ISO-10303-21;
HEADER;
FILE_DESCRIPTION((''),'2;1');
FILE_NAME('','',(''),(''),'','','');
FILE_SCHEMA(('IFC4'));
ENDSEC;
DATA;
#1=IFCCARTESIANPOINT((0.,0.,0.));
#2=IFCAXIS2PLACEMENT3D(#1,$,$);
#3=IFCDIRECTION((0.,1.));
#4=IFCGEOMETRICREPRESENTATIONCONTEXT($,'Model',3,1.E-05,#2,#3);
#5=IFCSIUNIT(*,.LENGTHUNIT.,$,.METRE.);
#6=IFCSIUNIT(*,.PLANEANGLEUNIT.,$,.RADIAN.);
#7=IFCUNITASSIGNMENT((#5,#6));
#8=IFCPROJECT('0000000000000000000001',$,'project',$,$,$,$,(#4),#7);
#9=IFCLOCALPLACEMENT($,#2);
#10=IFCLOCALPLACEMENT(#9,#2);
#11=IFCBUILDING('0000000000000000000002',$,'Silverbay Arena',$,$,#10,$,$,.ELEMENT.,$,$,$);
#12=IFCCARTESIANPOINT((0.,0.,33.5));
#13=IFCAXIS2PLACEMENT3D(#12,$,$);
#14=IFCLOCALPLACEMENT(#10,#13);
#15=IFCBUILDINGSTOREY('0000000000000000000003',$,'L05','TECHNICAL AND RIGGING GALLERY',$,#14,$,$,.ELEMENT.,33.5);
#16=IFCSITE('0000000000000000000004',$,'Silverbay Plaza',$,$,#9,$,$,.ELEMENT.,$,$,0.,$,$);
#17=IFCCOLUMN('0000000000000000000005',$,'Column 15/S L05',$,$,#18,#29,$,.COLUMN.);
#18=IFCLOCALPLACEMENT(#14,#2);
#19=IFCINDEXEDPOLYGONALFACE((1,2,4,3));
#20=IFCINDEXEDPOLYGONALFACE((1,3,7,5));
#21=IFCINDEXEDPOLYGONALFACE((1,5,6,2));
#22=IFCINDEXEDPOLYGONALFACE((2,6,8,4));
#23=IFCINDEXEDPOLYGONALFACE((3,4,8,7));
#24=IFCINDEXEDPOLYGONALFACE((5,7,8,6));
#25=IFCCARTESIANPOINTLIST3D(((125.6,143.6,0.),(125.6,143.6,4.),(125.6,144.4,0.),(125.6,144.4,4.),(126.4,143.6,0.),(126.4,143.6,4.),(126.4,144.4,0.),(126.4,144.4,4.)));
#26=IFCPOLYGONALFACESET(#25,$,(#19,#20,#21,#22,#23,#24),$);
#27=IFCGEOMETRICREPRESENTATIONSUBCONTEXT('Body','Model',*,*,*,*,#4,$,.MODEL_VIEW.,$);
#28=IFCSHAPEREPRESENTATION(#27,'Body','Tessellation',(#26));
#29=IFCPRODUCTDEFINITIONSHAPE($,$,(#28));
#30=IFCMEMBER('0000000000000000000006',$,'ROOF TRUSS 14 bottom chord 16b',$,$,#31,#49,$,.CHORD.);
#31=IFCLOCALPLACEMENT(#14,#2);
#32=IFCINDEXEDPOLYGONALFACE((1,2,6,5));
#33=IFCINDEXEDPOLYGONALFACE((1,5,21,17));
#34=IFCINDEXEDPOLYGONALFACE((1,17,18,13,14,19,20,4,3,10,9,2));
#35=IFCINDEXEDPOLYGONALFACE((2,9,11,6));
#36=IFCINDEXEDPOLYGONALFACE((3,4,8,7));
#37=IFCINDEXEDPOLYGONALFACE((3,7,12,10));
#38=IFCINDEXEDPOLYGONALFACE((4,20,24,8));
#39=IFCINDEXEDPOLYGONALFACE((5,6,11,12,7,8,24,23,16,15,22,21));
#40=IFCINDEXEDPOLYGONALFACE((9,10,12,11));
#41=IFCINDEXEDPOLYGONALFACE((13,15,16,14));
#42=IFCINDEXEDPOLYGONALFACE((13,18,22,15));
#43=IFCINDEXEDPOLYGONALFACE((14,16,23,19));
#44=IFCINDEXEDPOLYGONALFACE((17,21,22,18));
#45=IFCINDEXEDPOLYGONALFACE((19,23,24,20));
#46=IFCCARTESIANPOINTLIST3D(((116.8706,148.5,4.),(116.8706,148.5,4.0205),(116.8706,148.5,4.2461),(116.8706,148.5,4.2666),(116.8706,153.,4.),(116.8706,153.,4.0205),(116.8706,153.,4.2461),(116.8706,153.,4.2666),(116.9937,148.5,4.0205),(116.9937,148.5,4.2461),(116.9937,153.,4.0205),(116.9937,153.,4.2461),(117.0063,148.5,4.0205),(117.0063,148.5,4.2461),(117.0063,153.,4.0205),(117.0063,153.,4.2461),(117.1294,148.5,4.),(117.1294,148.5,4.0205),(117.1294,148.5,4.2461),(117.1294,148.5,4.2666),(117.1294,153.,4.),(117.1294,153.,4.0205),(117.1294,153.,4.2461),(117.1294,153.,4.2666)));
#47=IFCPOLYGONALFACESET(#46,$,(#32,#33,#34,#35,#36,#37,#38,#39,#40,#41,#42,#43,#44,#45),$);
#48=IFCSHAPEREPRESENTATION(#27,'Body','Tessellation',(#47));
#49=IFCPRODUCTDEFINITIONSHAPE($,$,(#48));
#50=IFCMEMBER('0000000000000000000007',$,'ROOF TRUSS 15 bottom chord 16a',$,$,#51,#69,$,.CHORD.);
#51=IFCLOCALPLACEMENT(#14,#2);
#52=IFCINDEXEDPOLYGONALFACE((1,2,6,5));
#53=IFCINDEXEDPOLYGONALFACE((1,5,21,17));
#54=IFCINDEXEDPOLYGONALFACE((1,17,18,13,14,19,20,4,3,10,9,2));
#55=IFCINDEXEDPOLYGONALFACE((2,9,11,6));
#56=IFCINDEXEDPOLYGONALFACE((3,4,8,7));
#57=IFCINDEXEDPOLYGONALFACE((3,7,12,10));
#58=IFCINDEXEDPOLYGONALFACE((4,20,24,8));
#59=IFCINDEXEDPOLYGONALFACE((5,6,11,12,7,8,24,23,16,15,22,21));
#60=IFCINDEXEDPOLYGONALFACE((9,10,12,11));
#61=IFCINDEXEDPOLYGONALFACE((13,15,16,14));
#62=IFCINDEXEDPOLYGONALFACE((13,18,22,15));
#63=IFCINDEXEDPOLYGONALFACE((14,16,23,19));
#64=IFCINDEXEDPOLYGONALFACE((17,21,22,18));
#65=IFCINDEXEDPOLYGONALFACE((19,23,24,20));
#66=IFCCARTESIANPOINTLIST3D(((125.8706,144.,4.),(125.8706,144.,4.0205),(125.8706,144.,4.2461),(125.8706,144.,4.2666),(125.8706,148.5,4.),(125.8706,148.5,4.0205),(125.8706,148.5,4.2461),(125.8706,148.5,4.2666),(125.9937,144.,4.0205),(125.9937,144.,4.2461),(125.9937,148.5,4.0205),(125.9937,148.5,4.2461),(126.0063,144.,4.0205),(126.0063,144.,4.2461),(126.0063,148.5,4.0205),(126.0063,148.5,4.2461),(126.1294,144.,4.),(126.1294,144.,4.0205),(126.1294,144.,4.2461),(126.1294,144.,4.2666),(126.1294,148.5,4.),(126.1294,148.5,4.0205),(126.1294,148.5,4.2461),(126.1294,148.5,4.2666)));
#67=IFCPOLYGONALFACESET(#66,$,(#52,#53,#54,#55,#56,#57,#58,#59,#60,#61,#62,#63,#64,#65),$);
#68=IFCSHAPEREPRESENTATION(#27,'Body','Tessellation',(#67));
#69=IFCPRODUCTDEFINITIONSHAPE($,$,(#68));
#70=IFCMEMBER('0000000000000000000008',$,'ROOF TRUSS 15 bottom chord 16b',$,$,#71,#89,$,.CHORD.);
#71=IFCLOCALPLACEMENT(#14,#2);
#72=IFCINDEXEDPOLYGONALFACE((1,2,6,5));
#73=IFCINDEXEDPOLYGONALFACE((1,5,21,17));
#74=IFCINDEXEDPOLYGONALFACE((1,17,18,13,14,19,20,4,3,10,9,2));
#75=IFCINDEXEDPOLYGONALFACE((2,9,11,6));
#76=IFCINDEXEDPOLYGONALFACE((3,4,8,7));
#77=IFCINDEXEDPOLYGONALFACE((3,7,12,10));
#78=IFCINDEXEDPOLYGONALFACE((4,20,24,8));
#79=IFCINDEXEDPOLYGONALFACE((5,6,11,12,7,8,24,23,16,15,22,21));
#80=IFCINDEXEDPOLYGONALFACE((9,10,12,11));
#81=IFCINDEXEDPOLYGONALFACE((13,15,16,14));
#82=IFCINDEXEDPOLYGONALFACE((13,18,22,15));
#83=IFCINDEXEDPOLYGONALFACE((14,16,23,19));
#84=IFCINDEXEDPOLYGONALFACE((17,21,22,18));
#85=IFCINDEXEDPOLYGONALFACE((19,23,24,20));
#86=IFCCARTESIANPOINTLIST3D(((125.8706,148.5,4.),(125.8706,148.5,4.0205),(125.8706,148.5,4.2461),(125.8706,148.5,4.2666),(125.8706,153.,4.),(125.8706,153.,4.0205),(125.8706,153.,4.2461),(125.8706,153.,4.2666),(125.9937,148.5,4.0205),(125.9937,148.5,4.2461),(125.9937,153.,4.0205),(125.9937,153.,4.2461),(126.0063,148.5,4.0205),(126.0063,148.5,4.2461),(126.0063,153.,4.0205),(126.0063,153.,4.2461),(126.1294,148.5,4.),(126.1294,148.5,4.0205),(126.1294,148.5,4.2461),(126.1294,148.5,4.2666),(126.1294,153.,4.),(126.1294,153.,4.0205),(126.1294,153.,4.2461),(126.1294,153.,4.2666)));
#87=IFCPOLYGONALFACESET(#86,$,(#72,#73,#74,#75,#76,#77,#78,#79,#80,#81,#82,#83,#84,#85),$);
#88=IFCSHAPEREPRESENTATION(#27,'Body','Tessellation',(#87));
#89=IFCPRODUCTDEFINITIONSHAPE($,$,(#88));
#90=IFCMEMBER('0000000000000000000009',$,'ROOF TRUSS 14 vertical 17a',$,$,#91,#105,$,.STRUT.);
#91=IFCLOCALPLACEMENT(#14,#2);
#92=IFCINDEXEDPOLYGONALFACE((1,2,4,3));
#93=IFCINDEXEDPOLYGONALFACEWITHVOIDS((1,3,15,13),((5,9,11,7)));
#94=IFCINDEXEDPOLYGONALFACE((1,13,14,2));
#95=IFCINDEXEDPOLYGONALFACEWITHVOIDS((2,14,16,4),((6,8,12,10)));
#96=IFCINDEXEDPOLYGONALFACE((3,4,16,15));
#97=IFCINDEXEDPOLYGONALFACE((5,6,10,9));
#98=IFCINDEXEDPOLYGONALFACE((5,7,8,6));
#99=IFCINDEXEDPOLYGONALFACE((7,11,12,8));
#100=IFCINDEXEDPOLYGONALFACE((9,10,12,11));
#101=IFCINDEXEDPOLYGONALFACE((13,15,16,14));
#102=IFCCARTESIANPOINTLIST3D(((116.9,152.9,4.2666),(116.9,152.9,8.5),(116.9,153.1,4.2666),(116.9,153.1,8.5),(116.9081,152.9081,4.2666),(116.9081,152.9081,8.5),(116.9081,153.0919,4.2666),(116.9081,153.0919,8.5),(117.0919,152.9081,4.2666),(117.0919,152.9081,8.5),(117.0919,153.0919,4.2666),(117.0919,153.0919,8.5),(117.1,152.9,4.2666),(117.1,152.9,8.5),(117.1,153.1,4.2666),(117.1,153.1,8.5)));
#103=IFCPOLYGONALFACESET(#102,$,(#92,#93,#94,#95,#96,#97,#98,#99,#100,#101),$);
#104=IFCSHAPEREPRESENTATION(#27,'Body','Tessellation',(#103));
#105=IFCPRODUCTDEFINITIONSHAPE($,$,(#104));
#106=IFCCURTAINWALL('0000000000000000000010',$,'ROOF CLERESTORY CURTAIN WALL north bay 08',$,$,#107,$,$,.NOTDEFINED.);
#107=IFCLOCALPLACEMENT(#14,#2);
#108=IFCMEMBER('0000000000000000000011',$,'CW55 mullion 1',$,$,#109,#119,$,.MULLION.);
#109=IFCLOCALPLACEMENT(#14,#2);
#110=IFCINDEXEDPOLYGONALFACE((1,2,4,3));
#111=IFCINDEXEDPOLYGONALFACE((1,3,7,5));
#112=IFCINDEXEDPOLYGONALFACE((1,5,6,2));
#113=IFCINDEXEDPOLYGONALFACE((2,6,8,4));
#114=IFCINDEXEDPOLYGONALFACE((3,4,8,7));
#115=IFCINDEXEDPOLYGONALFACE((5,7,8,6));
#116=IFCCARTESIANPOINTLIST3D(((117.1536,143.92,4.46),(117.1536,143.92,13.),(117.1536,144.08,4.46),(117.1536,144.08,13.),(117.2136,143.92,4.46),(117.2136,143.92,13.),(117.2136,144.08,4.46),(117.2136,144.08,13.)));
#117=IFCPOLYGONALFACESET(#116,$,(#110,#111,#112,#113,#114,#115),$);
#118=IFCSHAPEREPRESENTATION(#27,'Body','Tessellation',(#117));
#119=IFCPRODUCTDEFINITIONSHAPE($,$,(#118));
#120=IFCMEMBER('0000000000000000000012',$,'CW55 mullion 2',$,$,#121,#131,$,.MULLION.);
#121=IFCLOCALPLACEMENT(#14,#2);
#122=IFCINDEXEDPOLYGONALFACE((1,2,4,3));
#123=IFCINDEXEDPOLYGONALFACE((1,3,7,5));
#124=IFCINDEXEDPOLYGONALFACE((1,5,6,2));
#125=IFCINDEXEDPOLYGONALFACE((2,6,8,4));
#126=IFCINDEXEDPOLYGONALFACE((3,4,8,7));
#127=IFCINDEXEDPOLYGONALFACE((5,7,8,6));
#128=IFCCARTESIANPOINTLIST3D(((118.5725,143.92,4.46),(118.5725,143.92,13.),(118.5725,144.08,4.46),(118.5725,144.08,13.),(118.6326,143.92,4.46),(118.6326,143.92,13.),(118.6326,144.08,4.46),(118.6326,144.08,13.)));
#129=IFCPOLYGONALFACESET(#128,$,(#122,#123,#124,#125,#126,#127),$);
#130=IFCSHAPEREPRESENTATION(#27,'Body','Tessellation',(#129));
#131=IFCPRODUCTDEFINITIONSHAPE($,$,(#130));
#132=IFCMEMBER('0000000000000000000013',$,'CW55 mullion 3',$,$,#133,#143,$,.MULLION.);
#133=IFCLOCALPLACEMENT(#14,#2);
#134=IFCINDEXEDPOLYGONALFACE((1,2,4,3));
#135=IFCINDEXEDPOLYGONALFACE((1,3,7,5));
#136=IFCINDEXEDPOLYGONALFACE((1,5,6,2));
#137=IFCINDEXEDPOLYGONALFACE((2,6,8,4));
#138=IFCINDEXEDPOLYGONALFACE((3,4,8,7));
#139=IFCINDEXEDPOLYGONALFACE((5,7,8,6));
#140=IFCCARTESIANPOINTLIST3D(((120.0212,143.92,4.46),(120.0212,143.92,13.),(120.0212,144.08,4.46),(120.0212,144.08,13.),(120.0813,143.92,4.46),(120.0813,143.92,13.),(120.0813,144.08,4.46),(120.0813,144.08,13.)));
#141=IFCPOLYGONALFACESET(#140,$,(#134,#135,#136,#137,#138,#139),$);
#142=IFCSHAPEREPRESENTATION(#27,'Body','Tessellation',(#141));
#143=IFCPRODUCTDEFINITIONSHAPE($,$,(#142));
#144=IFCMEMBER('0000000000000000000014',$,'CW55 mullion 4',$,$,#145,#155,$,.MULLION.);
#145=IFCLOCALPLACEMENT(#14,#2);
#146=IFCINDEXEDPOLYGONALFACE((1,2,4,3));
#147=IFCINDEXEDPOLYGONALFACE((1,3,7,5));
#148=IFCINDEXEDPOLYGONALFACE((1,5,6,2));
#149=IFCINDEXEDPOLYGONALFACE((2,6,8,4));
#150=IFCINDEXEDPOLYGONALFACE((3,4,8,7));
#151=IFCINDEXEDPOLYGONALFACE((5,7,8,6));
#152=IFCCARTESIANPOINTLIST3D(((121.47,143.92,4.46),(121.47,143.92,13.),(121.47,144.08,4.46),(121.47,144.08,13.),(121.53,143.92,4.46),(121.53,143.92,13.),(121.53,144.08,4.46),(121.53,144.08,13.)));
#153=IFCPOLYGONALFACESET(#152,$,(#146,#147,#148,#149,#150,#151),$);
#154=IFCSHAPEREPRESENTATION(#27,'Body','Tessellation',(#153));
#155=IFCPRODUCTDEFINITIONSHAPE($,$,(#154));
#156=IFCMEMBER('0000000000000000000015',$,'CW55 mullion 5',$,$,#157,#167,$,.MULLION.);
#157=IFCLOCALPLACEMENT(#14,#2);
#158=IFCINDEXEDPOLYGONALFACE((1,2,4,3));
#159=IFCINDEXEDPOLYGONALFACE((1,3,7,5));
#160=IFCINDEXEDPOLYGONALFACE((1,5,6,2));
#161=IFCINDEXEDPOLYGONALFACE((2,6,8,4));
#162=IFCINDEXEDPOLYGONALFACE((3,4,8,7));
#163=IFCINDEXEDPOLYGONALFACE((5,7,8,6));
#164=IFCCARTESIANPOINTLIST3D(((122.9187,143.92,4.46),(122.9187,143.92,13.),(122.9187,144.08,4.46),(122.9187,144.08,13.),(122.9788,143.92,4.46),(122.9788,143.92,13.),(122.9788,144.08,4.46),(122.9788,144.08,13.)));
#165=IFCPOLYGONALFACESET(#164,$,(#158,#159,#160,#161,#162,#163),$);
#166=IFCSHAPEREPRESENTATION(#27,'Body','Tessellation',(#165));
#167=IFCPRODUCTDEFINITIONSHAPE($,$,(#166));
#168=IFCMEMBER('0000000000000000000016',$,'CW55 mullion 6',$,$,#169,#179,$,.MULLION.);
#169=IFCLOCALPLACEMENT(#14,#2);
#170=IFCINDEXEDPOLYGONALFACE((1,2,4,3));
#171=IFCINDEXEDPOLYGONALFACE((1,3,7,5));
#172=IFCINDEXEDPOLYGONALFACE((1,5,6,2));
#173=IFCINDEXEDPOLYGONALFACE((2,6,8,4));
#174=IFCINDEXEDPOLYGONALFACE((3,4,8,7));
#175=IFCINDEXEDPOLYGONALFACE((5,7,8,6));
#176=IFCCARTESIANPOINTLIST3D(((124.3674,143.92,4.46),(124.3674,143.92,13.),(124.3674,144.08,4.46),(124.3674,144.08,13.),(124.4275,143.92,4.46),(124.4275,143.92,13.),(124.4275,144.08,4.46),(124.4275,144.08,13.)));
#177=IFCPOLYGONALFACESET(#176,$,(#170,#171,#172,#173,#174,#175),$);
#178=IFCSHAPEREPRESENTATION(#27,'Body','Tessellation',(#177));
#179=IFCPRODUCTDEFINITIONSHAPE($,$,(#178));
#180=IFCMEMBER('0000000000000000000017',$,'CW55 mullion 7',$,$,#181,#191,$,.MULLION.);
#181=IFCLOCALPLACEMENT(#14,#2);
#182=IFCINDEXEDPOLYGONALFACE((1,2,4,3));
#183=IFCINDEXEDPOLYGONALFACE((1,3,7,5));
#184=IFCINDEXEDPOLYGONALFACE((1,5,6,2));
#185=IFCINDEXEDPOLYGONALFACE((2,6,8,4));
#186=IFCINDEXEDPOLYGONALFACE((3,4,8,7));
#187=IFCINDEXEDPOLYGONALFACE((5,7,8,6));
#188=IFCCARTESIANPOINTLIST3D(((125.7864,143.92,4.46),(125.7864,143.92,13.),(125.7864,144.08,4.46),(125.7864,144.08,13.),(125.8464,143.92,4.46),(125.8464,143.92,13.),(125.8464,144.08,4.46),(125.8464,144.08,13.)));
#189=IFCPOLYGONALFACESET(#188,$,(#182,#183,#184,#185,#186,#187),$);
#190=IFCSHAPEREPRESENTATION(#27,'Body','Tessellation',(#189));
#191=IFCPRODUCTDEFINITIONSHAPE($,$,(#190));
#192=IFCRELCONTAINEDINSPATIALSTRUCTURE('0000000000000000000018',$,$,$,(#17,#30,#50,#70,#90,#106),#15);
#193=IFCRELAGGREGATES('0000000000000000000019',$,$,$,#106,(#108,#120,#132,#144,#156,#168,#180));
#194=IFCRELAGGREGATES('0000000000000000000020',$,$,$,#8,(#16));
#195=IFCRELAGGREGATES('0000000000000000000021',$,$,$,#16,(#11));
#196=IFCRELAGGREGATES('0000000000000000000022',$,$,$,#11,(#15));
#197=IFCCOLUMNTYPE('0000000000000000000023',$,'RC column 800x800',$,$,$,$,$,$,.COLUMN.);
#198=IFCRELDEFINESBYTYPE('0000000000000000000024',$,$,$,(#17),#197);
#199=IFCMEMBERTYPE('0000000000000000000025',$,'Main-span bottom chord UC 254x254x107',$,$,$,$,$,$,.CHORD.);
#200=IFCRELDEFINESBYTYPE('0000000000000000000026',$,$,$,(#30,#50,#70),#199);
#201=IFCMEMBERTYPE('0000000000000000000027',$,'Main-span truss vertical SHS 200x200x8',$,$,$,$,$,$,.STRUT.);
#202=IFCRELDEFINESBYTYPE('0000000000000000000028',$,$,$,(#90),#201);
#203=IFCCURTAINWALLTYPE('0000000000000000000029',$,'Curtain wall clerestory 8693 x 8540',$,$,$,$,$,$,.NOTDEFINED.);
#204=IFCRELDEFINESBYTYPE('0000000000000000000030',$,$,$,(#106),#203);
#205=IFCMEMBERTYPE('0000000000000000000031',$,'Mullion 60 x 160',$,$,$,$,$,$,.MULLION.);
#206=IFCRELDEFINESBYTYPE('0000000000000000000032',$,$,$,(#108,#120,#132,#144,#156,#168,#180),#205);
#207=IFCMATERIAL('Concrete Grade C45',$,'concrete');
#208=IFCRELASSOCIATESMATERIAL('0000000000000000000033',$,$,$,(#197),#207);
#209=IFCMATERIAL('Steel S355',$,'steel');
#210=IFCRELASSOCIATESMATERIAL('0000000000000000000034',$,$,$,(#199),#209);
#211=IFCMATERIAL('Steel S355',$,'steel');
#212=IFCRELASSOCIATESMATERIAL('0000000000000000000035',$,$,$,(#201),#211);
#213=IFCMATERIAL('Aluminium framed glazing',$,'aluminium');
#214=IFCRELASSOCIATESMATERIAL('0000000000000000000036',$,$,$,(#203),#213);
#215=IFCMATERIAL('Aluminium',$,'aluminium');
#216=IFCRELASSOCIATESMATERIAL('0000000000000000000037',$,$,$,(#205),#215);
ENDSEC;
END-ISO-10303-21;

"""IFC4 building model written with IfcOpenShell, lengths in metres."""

from ifc_helpers import new_model, si_unit, direction, frame, origin, origin_2d, place, context, subcontext, project, spatial, rectangle, hollow_rectangle, i_section, extrude, material, material_profile, profile_set, type_object, element, aggregate, save


model = new_model("IFC4")

# Units and contexts
model_context = context("Model", 3, precision=1e-05, world=origin(), true_north=direction((0.0, 1.0)))
body_context = subcontext(model_context, "Body", "Model", "MODEL_VIEW")
ifc_project = project(units=[si_unit("LENGTHUNIT", "METRE"), si_unit("PLANEANGLEUNIT", "RADIAN")], contexts=[model_context])

# Site, building, storey
site_placement = place(None, origin())
site = spatial("IfcSite", under=ifc_project, at=site_placement, Name="Silverbay Plaza", CompositionType="ELEMENT", RefElevation=0.0)
building_placement = place(site_placement, origin())
building = spatial("IfcBuilding", under=site, at=building_placement, Name="Silverbay Arena", CompositionType="ELEMENT")
storey_placement = place(building_placement, frame((0.0, 0.0, 33.5)))
storey = spatial("IfcBuildingStorey", under=building, at=storey_placement, Name="L05", Description="TECHNICAL AND RIGGING GALLERY", CompositionType="ELEMENT", Elevation=33.5)

# Column
ifc_material_1 = material(Name="Concrete Grade C45", Category="concrete")
ifc_material_profile_1 = material_profile(ifc_material_1, rectangle(XDim=0.8, YDim=0.8, at=origin_2d()), Name="RC 800x800")
ifc_profile_set_1 = profile_set([ifc_material_profile_1], Name="Concrete Grade C45")
column_type = type_object("IfcColumnType", Name="RC column 800x800", PredefinedType="COLUMN", material=ifc_profile_set_1)
column_placement = place(storey_placement, frame((126.0, 144.0, 0.0), z_axis=(0.0, 0.0, 1.0), x_axis=(1.0, 0.0, 0.0)))
element("IfcColumn", 1, at=column_placement, inside=storey, type_object=column_type, Name="Column 15/S L05", PredefinedType="COLUMN", context=body_context, shape_type="SweptSolid", body=[
    extrude(rectangle(XDim=0.8, YDim=0.8, at=origin_2d()), origin(), (0.0, 0.0, 1.0), 4.0),
])

# Members
ifc_material_2 = material(Name="Steel S355", Category="steel")
ifc_material_profile_2 = material_profile(ifc_material_2, i_section(OverallWidth=0.2588, OverallDepth=0.2666, WebThickness=0.0127, FlangeThickness=0.0205, at=origin_2d()), Name="UC 254x254x107")
ifc_profile_set_2 = profile_set([ifc_material_profile_2], Name="Steel S355")
member_type_1 = type_object("IfcMemberType", Name="Main-span bottom chord UC 254x254x107", PredefinedType="CHORD", material=ifc_profile_set_2)
for number, where, z_axis, x_axis, name in (
    (2, (117.0, 148.5, 4.1333), (0.0, 1.0, 0.0), (-1.0, 0.0, 0.0), "ROOF TRUSS 14 bottom chord 16b"),
    (3, (126.0, 144.0, 4.1333), (0.0, 1.0, 0.0), (-1.0, 0.0, 0.0), "ROOF TRUSS 15 bottom chord 16a"),
    (4, (126.0, 148.5, 4.1333), (0.0, 1.0, 0.0), (-1.0, 0.0, 0.0), "ROOF TRUSS 15 bottom chord 16b"),
):
    element("IfcMember", number, at=place(storey_placement, frame(where, z_axis=z_axis, x_axis=x_axis)), inside=storey, type_object=member_type_1, Name=name, PredefinedType="CHORD", context=body_context, shape_type="SweptSolid", body=[
        extrude(i_section(OverallWidth=0.2588, OverallDepth=0.2666, WebThickness=0.0127, FlangeThickness=0.0205, at=origin_2d()), origin(), (0.0, 0.0, 1.0), 4.5),
    ])
ifc_material_3 = material(Name="Steel S355", Category="steel")
ifc_material_profile_3 = material_profile(ifc_material_3, hollow_rectangle(XDim=0.2, YDim=0.2, WallThickness=0.0081, at=origin_2d()), Name="SHS 200x200x8")
ifc_profile_set_3 = profile_set([ifc_material_profile_3], Name="Steel S355")
member_type_2 = type_object("IfcMemberType", Name="Main-span truss vertical SHS 200x200x8", PredefinedType="STRUT", material=ifc_profile_set_3)
member_1_placement = place(storey_placement, frame((117.0, 153.0, 4.2666), z_axis=(0.0, 0.0, 1.0), x_axis=(1.0, 0.0, 0.0)))
element("IfcMember", 5, at=member_1_placement, inside=storey, type_object=member_type_2, Name="ROOF TRUSS 14 vertical 17a", PredefinedType="STRUT", context=body_context, shape_type="SweptSolid", body=[
    extrude(hollow_rectangle(XDim=0.2, YDim=0.2, WallThickness=0.0081, at=origin_2d()), origin(), (0.0, 0.0, 1.0), 4.2334),
])

# Curtain wall, members
ifc_material_4 = material(Name="Aluminium framed glazing", Category="aluminium")
curtain_wall_type = type_object("IfcCurtainWallType", Name="Curtain wall clerestory 8693 x 8540", PredefinedType="NOTDEFINED", material=ifc_material_4)
curtain_wall_placement = place(storey_placement, origin())
curtain_wall = element("IfcCurtainWall", 6, at=curtain_wall_placement, inside=storey, type_object=curtain_wall_type, Name="ROOF CLERESTORY CURTAIN WALL north bay 08", PredefinedType="NOTDEFINED")
ifc_material_5 = material(Name="Aluminium", Category="aluminium")
ifc_material_profile_4 = material_profile(ifc_material_5, rectangle(XDim=0.1599, YDim=0.0601, at=origin_2d()), Name="Mullion 60 x 160")
ifc_profile_set_4 = profile_set([ifc_material_profile_4], Name="Aluminium")
member_type_3 = type_object("IfcMemberType", Name="Mullion 60 x 160", PredefinedType="MULLION", material=ifc_profile_set_4)
member_2_placement = place(storey_placement, frame((117.1836, 144.0, 4.46), z_axis=(0.0, 0.0, 1.0), x_axis=(0.0, 1.0, 0.0)))
member_2 = element("IfcMember", 7, at=member_2_placement, type_object=member_type_3, Name="CW55 mullion 1", PredefinedType="MULLION", context=body_context, shape_type="SweptSolid", body=[
    extrude(rectangle(XDim=0.1599, YDim=0.0601, at=origin_2d()), origin(), (0.0, 0.0, 1.0), 8.54),
])
member_3_placement = place(storey_placement, frame((118.6025, 144.0, 4.46), z_axis=(0.0, 0.0, 1.0), x_axis=(0.0, 1.0, 0.0)))
member_3 = element("IfcMember", 8, at=member_3_placement, type_object=member_type_3, Name="CW55 mullion 2", PredefinedType="MULLION", context=body_context, shape_type="SweptSolid", body=[
    extrude(rectangle(XDim=0.1599, YDim=0.0601, at=origin_2d()), origin(), (0.0, 0.0, 1.0), 8.54),
])
member_4_placement = place(storey_placement, frame((120.0513, 144.0, 4.46), z_axis=(0.0, 0.0, 1.0), x_axis=(0.0, 1.0, 0.0)))
member_4 = element("IfcMember", 9, at=member_4_placement, type_object=member_type_3, Name="CW55 mullion 3", PredefinedType="MULLION", context=body_context, shape_type="SweptSolid", body=[
    extrude(rectangle(XDim=0.1599, YDim=0.0601, at=origin_2d()), origin(), (0.0, 0.0, 1.0), 8.54),
])
member_5_placement = place(storey_placement, frame((121.5, 144.0, 4.46), z_axis=(0.0, 0.0, 1.0), x_axis=(0.0, 1.0, 0.0)))
member_5 = element("IfcMember", 10, at=member_5_placement, type_object=member_type_3, Name="CW55 mullion 4", PredefinedType="MULLION", context=body_context, shape_type="SweptSolid", body=[
    extrude(rectangle(XDim=0.1599, YDim=0.0601, at=origin_2d()), origin(), (0.0, 0.0, 1.0), 8.54),
])
member_6_placement = place(storey_placement, frame((122.9487, 144.0, 4.46), z_axis=(0.0, 0.0, 1.0), x_axis=(0.0, 1.0, 0.0)))
member_6 = element("IfcMember", 11, at=member_6_placement, type_object=member_type_3, Name="CW55 mullion 5", PredefinedType="MULLION", context=body_context, shape_type="SweptSolid", body=[
    extrude(rectangle(XDim=0.1599, YDim=0.0601, at=origin_2d()), origin(), (0.0, 0.0, 1.0), 8.54),
])
member_7_placement = place(storey_placement, frame((124.3975, 144.0, 4.46), z_axis=(0.0, 0.0, 1.0), x_axis=(0.0, 1.0, 0.0)))
member_7 = element("IfcMember", 12, at=member_7_placement, type_object=member_type_3, Name="CW55 mullion 6", PredefinedType="MULLION", context=body_context, shape_type="SweptSolid", body=[
    extrude(rectangle(XDim=0.1599, YDim=0.0601, at=origin_2d()), origin(), (0.0, 0.0, 1.0), 8.54),
])
member_8_placement = place(storey_placement, frame((125.8164, 144.0, 4.46), z_axis=(0.0, 0.0, 1.0), x_axis=(0.0, 1.0, 0.0)))
member_8 = element("IfcMember", 13, at=member_8_placement, type_object=member_type_3, Name="CW55 mullion 7", PredefinedType="MULLION", context=body_context, shape_type="SweptSolid", body=[
    extrude(rectangle(XDim=0.1599, YDim=0.0601, at=origin_2d()), origin(), (0.0, 0.0, 1.0), 8.54),
])

aggregate(curtain_wall, [member_2, member_3, member_4, member_5, member_6, member_7, member_8])

save(model, "model.ifc")
